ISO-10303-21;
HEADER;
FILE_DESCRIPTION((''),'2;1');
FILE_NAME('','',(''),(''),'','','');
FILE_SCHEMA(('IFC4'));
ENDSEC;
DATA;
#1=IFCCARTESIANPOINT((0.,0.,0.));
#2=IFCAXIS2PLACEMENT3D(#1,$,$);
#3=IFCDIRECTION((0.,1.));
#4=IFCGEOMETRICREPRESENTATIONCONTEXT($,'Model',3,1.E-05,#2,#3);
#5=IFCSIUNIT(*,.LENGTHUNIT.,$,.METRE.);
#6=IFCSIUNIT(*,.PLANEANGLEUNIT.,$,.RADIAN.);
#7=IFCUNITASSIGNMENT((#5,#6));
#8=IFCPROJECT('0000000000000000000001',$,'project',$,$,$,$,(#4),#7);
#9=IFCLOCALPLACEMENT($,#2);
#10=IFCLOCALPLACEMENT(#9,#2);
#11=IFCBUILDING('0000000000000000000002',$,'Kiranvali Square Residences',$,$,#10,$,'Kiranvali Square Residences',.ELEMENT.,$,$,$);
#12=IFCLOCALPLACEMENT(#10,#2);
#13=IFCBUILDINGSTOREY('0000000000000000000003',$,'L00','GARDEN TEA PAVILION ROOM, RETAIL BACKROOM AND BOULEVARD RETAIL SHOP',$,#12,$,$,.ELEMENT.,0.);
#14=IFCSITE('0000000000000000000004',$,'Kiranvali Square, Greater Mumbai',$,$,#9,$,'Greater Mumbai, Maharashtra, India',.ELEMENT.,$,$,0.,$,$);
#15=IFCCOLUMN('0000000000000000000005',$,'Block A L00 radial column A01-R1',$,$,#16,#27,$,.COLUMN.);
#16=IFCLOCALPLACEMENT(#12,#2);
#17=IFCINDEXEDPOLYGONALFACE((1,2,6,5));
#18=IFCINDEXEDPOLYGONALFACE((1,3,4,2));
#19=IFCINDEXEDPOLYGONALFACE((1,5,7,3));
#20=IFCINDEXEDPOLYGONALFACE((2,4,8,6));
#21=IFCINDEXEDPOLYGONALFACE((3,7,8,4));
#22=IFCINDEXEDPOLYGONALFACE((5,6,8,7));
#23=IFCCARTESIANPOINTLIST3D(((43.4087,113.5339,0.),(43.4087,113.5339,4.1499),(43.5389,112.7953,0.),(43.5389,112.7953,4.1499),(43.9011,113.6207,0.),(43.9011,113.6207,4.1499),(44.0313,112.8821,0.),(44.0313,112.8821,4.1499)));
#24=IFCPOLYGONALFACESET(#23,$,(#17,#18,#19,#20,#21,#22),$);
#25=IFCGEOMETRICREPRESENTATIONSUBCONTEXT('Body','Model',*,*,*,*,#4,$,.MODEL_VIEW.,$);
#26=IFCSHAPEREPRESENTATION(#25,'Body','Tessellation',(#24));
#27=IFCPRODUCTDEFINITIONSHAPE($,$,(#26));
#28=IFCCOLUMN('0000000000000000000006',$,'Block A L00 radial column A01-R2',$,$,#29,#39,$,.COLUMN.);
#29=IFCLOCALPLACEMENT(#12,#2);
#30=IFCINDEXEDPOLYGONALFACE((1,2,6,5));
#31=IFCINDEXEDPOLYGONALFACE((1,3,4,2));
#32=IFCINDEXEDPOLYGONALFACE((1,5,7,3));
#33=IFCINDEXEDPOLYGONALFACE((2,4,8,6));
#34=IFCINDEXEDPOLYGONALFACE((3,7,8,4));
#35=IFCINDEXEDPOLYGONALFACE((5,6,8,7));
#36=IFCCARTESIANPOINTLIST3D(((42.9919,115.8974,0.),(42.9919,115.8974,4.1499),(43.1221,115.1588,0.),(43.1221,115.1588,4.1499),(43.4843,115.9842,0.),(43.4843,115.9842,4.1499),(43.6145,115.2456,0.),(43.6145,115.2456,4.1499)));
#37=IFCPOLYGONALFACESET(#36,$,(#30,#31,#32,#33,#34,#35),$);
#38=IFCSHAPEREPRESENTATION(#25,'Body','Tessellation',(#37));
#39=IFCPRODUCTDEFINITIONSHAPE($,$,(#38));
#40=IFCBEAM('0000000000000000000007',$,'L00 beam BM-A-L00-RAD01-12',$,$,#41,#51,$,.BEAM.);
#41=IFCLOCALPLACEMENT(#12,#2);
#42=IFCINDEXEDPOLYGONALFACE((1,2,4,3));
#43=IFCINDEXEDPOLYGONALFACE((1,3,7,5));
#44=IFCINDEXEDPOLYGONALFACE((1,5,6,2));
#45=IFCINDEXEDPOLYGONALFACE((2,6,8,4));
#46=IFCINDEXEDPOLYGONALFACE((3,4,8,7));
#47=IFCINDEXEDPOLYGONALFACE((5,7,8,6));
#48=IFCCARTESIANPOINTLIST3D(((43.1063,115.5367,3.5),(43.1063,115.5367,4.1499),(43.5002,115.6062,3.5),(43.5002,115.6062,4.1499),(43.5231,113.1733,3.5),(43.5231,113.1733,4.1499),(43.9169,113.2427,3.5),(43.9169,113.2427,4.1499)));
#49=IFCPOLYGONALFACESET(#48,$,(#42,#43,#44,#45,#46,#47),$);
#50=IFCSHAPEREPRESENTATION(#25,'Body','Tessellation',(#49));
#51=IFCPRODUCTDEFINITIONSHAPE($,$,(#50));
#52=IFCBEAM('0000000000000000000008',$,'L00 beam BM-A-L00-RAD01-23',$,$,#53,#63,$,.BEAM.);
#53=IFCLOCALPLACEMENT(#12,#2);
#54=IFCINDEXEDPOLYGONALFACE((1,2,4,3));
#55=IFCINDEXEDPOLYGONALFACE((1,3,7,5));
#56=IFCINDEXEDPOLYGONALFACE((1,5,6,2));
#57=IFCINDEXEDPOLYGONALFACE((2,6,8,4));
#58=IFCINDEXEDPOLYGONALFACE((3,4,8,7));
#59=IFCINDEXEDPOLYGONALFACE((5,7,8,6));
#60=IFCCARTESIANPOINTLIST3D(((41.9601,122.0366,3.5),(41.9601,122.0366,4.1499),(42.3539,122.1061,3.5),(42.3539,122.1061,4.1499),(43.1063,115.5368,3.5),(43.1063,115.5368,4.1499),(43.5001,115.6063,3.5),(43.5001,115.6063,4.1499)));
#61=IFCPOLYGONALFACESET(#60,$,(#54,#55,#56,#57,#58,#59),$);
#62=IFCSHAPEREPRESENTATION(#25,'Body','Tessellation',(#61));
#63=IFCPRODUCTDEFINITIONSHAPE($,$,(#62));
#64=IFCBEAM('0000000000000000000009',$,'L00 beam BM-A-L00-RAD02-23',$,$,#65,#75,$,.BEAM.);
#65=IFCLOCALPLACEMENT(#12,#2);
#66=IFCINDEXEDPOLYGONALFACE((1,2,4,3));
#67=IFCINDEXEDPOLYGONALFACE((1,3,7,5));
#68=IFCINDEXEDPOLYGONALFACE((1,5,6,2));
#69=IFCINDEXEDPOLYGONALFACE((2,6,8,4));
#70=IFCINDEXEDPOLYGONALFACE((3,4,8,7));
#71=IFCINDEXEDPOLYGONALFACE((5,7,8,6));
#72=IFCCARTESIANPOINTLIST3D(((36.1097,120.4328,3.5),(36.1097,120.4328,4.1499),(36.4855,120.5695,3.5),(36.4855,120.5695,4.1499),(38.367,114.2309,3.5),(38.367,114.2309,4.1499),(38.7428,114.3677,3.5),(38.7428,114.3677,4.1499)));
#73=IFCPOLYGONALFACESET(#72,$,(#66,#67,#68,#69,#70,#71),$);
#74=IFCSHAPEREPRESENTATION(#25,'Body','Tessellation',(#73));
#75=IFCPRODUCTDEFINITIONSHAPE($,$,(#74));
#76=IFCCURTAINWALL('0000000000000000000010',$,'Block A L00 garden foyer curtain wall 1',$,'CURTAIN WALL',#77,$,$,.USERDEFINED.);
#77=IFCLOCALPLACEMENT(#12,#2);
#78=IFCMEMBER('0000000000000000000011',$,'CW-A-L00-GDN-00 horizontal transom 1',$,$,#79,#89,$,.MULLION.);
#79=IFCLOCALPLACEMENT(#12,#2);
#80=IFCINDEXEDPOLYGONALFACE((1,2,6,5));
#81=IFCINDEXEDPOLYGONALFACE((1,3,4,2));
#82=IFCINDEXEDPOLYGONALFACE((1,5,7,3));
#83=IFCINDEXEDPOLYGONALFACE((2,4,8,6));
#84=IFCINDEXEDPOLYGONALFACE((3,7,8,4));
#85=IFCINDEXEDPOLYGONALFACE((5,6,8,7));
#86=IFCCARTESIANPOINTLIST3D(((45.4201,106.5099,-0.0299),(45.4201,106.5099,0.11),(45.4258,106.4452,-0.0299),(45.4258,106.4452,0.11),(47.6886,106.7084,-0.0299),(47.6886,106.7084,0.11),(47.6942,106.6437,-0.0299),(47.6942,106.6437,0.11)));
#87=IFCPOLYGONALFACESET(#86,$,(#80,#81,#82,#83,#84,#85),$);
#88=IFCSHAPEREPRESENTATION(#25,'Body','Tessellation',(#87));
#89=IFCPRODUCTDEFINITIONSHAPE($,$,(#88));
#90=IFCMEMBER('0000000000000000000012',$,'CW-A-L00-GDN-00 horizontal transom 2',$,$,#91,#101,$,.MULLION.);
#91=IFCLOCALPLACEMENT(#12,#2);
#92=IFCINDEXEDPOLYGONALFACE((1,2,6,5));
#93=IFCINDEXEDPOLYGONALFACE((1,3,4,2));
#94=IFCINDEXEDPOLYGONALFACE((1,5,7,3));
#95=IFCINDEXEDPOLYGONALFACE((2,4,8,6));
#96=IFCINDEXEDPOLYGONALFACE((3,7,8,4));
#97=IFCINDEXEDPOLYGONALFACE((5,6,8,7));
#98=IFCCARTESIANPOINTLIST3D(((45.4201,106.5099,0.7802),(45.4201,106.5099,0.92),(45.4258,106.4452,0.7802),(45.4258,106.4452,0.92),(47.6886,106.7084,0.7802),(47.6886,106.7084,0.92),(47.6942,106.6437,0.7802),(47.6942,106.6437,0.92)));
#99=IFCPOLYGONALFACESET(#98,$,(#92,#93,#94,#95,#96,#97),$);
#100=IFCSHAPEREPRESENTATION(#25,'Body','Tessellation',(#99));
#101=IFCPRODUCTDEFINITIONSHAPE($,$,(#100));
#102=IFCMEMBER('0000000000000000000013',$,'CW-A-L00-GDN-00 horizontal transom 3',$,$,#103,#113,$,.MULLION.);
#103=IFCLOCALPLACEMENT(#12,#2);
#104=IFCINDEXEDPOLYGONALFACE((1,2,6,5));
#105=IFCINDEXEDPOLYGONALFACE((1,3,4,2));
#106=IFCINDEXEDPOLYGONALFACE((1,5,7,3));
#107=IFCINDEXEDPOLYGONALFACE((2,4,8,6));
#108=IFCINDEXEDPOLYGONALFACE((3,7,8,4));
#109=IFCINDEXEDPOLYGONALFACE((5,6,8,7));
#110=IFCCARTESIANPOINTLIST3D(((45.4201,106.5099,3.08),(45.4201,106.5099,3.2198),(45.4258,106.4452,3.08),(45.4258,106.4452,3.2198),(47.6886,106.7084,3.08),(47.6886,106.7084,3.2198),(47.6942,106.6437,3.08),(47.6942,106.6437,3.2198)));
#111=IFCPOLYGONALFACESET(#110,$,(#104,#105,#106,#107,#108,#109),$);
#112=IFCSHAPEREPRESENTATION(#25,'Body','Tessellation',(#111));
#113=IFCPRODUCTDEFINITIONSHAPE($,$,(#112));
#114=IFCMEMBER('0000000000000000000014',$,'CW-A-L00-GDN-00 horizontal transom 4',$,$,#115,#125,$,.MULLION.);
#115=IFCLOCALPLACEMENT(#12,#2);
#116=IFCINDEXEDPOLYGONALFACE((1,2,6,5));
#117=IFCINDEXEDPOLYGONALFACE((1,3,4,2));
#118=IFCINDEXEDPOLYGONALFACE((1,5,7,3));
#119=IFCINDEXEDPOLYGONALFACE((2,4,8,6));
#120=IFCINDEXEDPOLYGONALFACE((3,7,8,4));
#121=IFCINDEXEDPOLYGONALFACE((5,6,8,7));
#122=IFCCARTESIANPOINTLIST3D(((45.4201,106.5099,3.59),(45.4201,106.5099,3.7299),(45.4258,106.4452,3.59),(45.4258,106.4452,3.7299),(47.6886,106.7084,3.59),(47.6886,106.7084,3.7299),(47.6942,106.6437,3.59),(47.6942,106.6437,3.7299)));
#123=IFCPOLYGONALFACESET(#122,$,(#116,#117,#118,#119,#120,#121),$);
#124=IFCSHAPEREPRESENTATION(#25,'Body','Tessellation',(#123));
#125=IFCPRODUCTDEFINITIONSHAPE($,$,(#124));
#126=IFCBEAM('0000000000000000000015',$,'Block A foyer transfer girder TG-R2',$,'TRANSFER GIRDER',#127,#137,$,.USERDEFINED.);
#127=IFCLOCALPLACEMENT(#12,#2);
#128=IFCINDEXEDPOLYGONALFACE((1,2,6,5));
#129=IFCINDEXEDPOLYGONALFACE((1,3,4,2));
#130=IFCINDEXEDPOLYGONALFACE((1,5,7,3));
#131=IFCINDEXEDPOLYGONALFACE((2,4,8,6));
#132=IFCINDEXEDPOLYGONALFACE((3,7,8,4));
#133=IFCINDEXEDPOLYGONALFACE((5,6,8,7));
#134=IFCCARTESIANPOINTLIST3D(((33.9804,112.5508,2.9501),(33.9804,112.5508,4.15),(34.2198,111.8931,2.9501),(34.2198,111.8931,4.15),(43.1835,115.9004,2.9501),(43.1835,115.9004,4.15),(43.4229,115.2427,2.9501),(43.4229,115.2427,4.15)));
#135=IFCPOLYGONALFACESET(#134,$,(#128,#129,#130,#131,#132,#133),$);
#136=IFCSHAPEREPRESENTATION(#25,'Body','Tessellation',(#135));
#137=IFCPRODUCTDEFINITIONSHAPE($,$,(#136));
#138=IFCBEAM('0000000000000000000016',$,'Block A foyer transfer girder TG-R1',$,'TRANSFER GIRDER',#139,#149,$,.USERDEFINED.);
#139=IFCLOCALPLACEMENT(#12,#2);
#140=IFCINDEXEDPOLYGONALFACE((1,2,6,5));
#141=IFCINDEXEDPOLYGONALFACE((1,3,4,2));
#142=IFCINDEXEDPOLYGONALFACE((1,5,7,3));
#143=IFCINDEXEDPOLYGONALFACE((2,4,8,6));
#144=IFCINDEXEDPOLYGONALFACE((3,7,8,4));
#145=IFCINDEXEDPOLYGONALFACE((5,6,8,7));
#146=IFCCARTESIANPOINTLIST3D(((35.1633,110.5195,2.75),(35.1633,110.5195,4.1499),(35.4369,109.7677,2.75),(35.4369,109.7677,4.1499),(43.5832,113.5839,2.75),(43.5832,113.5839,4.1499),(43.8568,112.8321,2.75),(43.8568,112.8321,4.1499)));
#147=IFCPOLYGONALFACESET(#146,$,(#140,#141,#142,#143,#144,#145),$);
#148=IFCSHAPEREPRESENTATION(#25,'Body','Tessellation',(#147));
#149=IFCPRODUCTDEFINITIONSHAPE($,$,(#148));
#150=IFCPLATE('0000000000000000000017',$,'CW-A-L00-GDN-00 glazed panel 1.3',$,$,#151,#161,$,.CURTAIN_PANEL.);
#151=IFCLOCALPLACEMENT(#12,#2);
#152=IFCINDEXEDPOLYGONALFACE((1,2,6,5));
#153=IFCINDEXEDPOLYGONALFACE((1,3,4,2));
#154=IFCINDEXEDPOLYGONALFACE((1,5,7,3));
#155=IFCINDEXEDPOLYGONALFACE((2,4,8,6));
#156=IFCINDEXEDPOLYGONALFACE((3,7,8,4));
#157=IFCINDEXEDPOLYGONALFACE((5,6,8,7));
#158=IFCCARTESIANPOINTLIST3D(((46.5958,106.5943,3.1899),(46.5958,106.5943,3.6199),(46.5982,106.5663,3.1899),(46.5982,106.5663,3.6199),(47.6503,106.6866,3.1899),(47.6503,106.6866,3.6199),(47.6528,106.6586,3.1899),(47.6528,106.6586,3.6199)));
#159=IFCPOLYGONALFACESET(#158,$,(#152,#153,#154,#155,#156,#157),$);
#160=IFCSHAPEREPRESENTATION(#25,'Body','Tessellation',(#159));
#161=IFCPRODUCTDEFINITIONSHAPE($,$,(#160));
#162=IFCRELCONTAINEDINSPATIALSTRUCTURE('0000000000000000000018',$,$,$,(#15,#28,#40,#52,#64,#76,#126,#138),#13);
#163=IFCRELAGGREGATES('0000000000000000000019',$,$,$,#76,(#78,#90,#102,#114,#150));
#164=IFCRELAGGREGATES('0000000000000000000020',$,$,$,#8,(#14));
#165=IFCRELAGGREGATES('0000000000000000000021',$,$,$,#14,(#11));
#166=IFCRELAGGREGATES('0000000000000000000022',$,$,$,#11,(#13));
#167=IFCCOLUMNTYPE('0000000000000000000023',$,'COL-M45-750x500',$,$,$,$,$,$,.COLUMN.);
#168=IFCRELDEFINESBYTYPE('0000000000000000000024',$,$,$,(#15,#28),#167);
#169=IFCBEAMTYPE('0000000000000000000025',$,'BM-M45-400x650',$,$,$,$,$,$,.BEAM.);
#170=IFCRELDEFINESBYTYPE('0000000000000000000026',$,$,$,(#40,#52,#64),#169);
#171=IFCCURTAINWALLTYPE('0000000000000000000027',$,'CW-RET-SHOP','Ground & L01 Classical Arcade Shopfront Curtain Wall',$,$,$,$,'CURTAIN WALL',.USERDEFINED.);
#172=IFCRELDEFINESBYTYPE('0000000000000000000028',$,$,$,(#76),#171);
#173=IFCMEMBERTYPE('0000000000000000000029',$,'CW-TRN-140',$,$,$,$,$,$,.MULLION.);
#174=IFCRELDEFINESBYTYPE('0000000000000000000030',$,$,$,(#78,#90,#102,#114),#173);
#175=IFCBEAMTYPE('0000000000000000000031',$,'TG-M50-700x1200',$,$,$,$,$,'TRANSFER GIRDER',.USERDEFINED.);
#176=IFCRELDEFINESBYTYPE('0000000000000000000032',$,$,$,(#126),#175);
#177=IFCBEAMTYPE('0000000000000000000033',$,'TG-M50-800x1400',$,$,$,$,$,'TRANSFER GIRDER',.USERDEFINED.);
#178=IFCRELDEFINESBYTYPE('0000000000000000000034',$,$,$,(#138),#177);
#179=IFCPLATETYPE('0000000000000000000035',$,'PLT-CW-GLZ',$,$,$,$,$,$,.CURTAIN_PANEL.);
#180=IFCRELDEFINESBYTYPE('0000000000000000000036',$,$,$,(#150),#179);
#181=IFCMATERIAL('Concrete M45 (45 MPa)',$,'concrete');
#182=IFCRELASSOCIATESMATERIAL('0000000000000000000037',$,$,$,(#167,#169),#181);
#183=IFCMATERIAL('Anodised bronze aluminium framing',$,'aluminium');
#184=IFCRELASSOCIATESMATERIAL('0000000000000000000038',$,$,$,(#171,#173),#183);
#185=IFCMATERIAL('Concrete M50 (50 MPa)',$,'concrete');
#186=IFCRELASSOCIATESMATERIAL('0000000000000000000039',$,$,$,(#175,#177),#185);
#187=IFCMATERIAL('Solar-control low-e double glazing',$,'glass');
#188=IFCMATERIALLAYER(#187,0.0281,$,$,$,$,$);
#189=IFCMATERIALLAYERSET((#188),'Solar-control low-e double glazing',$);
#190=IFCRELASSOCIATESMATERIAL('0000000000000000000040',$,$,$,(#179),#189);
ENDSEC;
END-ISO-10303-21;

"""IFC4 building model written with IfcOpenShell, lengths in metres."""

from ifc_helpers import new_model, si_unit, direction, frame, origin, origin_2d, place, context, subcontext, project, spatial, rectangle, extrude, material, layer, layer_set, material_profile, profile_set, type_object, element, aggregate, save


model = new_model("IFC4")

# Units and contexts
model_context = context("Model", 3, precision=1e-05, world=origin(), true_north=direction((0.0, 1.0)))
body_context = subcontext(model_context, "Body", "Model", "MODEL_VIEW")
ifc_project = project(units=[si_unit("LENGTHUNIT", "METRE"), si_unit("PLANEANGLEUNIT", "RADIAN")], contexts=[model_context])

# Site, building, storey
site_placement = place(None, origin())
site = spatial("IfcSite", under=ifc_project, at=site_placement, Name="Kiranvali Square, Greater Mumbai", LongName="Greater Mumbai, Maharashtra, India", CompositionType="ELEMENT", RefElevation=0.0)
building_placement = place(site_placement, origin())
building = spatial("IfcBuilding", under=site, at=building_placement, Name="Kiranvali Square Residences", LongName="Kiranvali Square Residences", CompositionType="ELEMENT")
storey_placement = place(building_placement, origin())
storey = spatial("IfcBuildingStorey", under=building, at=storey_placement, Name="L00", Description="GARDEN TEA PAVILION ROOM, RETAIL BACKROOM AND BOULEVARD RETAIL SHOP", CompositionType="ELEMENT", Elevation=0.0)

# Columns
ifc_material_1 = material(Name="Concrete M45 (45 MPa)", Category="concrete")
ifc_material_profile_1 = material_profile(ifc_material_1, rectangle(XDim=0.5, YDim=0.75, at=origin_2d()), Name="RC 750x500")
ifc_profile_set_1 = profile_set([ifc_material_profile_1], Name="Concrete M45 (45 MPa)")
column_type = type_object("IfcColumnType", Name="COL-M45-750x500", PredefinedType="COLUMN", material=ifc_profile_set_1)
for number, where, z_axis, x_axis, name in (
    (1, (43.72, 113.208, 0.0), (0.0, 0.0, 1.0), (0.984808, 0.173648, 0.0), "Block A L00 radial column A01-R1"),
    (2, (43.3032, 115.5715, 0.0), (0.0, 0.0, 1.0), (0.984808, 0.173648, 0.0), "Block A L00 radial column A01-R2"),
):
    element("IfcColumn", number, at=place(storey_placement, frame(where, z_axis=z_axis, x_axis=x_axis)), inside=storey, type_object=column_type, Name=name, PredefinedType="COLUMN", context=body_context, shape_type="SweptSolid", body=[
        extrude(rectangle(XDim=0.5, YDim=0.75, at=origin_2d()), origin(), (0.0, 0.0, 1.0), 4.1499),
    ])

# Beams
ifc_material_profile_2 = material_profile(ifc_material_1, rectangle(XDim=0.3999, YDim=0.6499, at=origin_2d()), Name="RC 400x650")
ifc_profile_set_2 = profile_set([ifc_material_profile_2], Name="Concrete M45 (45 MPa)")
beam_type_1 = type_object("IfcBeamType", Name="BM-M45-400x650", PredefinedType="BEAM", material=ifc_profile_set_2)
beam_1_placement = place(storey_placement, frame((43.72, 113.208, 3.825), z_axis=(-0.173646, 0.984808, 0.0), x_axis=(-0.984808, -0.173646, 0.0)))
element("IfcBeam", 3, at=beam_1_placement, inside=storey, type_object=beam_type_1, Name="L00 beam BM-A-L00-RAD01-12", PredefinedType="BEAM", context=body_context, shape_type="SweptSolid", body=[
    extrude(rectangle(XDim=0.3999, YDim=0.6499, at=origin_2d()), origin(), (0.0, 0.0, 1.0), 2.3999),
])
beam_2_placement = place(storey_placement, frame((43.3032, 115.5715, 3.825), z_axis=(-0.173671, 0.984804, 0.0), x_axis=(-0.984804, -0.173671, 0.0)))
element("IfcBeam", 4, at=beam_2_placement, inside=storey, type_object=beam_type_1, Name="L00 beam BM-A-L00-RAD01-23", PredefinedType="BEAM", context=body_context, shape_type="SweptSolid", body=[
    extrude(rectangle(XDim=0.3999, YDim=0.6499, at=origin_2d()), origin(), (0.0, 0.0, 1.0), 6.6001),
])
beam_3_placement = place(storey_placement, frame((38.5549, 114.2993, 3.825), z_axis=(-0.342022, 0.939692, 0.0), x_axis=(-0.939692, -0.342022, 0.0)))
element("IfcBeam", 5, at=beam_3_placement, inside=storey, type_object=beam_type_1, Name="L00 beam BM-A-L00-RAD02-23", PredefinedType="BEAM", context=body_context, shape_type="SweptSolid", body=[
    extrude(rectangle(XDim=0.3999, YDim=0.6499, at=origin_2d()), origin(), (0.0, 0.0, 1.0), 6.5999),
])

# Curtain wall, members
ifc_material_2 = material(Name="Anodised bronze aluminium framing", Category="aluminium")
curtain_wall_type = type_object("IfcCurtainWallType", Name="CW-RET-SHOP", Description="Ground & L01 Classical Arcade Shopfront Curtain Wall", ElementType="CURTAIN WALL", PredefinedType="USERDEFINED", material=ifc_material_2)
curtain_wall_placement = place(storey_placement, origin())
curtain_wall = element("IfcCurtainWall", 6, at=curtain_wall_placement, inside=storey, type_object=curtain_wall_type, Name="Block A L00 garden foyer curtain wall 1", ObjectType="CURTAIN WALL", PredefinedType="USERDEFINED")
ifc_material_profile_3 = material_profile(ifc_material_2, rectangle(XDim=0.0649, YDim=0.1399, at=origin_2d()), Name="ALU 65x140")
ifc_profile_set_3 = profile_set([ifc_material_profile_3], Name="Anodised bronze aluminium framing")
member_type = type_object("IfcMemberType", Name="CW-TRN-140", PredefinedType="MULLION", material=ifc_profile_set_3)
member_1_placement = place(storey_placement, frame((47.6914, 106.676, 0.04), z_axis=(-0.996193, -0.087171, 0.0), x_axis=(0.087171, -0.996193, 0.0)))
member_1 = element("IfcMember", 7, at=member_1_placement, type_object=member_type, Name="CW-A-L00-GDN-00 horizontal transom 1", PredefinedType="MULLION", context=body_context, shape_type="SweptSolid", body=[
    extrude(rectangle(XDim=0.0649, YDim=0.1399, at=origin_2d()), origin(), (0.0, 0.0, 1.0), 2.2771),
])
member_2_placement = place(storey_placement, frame((47.6914, 106.676, 0.8501), z_axis=(-0.996193, -0.087171, 0.0), x_axis=(0.087171, -0.996193, 0.0)))
member_2 = element("IfcMember", 8, at=member_2_placement, type_object=member_type, Name="CW-A-L00-GDN-00 horizontal transom 2", PredefinedType="MULLION", context=body_context, shape_type="SweptSolid", body=[
    extrude(rectangle(XDim=0.0649, YDim=0.1399, at=origin_2d()), origin(), (0.0, 0.0, 1.0), 2.2771),
])
member_3_placement = place(storey_placement, frame((47.6914, 106.676, 3.1499), z_axis=(-0.996193, -0.087171, 0.0), x_axis=(0.087171, -0.996193, 0.0)))
member_3 = element("IfcMember", 9, at=member_3_placement, type_object=member_type, Name="CW-A-L00-GDN-00 horizontal transom 3", PredefinedType="MULLION", context=body_context, shape_type="SweptSolid", body=[
    extrude(rectangle(XDim=0.0649, YDim=0.1399, at=origin_2d()), origin(), (0.0, 0.0, 1.0), 2.2771),
])
member_4_placement = place(storey_placement, frame((47.6914, 106.676, 3.6599), z_axis=(-0.996193, -0.087171, 0.0), x_axis=(0.087171, -0.996193, 0.0)))
member_4 = element("IfcMember", 10, at=member_4_placement, type_object=member_type, Name="CW-A-L00-GDN-00 horizontal transom 4", PredefinedType="MULLION", context=body_context, shape_type="SweptSolid", body=[
    extrude(rectangle(XDim=0.0649, YDim=0.1399, at=origin_2d()), origin(), (0.0, 0.0, 1.0), 2.2771),
])

# Beams
ifc_material_3 = material(Name="Concrete M50 (50 MPa)", Category="concrete")
ifc_material_profile_4 = material_profile(ifc_material_3, rectangle(XDim=0.7, YDim=1.2, at=origin_2d()), Name="RC 700x1200")
ifc_profile_set_4 = profile_set([ifc_material_profile_4], Name="Concrete M50 (50 MPa)")
beam_type_2 = type_object("IfcBeamType", Name="TG-M50-700x1200", ElementType="TRANSFER GIRDER", PredefinedType="USERDEFINED", material=ifc_profile_set_4)
beam_4_placement = place(storey_placement, frame((43.3032, 115.5715, 3.55), z_axis=(-0.939694, -0.342015, 0.0), x_axis=(0.342015, -0.939694, 0.0)))
element("IfcBeam", 11, at=beam_4_placement, inside=storey, type_object=beam_type_2, Name="Block A foyer transfer girder TG-R2", ObjectType="TRANSFER GIRDER", PredefinedType="USERDEFINED", context=body_context, shape_type="SweptSolid", body=[
    extrude(rectangle(XDim=0.7, YDim=1.2, at=origin_2d()), origin(), (0.0, 0.0, 1.0), 9.7937),
])
ifc_material_profile_5 = material_profile(ifc_material_3, rectangle(XDim=0.8, YDim=1.3999, at=origin_2d()), Name="RC 800x1400")
ifc_profile_set_5 = profile_set([ifc_material_profile_5], Name="Concrete M50 (50 MPa)")
beam_type_3 = type_object("IfcBeamType", Name="TG-M50-800x1400", ElementType="TRANSFER GIRDER", PredefinedType="USERDEFINED", material=ifc_profile_set_5)
beam_5_placement = place(storey_placement, frame((43.72, 113.208, 3.45), z_axis=(-0.939698, -0.342006, 0.0), x_axis=(0.342006, -0.939698, 0.0)))
element("IfcBeam", 12, at=beam_5_placement, inside=storey, type_object=beam_type_3, Name="Block A foyer transfer girder TG-R1", ObjectType="TRANSFER GIRDER", PredefinedType="USERDEFINED", context=body_context, shape_type="SweptSolid", body=[
    extrude(rectangle(XDim=0.8, YDim=1.3999, at=origin_2d()), origin(), (0.0, 0.0, 1.0), 8.9602),
])

# Plate
ifc_material_4 = material(Name="Solar-control low-e double glazing", Category="glass")
ifc_layer_1 = layer(ifc_material_4, 0.0281)
ifc_layer_set_1 = layer_set([ifc_layer_1], Name="Solar-control low-e double glazing")
plate_type = type_object("IfcPlateType", Name="PLT-CW-GLZ", PredefinedType="CURTAIN_PANEL", material=ifc_layer_set_1)
plate_placement = place(storey_placement, frame((47.1243, 106.6265, 3.1899), z_axis=(0.0, 0.0, 1.0), x_axis=(-0.996195, -0.087156, 0.0)))
plate = element("IfcPlate", 13, at=plate_placement, type_object=plate_type, Name="CW-A-L00-GDN-00 glazed panel 1.3", PredefinedType="CURTAIN_PANEL", context=body_context, shape_type="SweptSolid", body=[
    extrude(rectangle(XDim=1.0586, YDim=0.0281, at=origin_2d()), origin(), (0.0, 0.0, 1.0), 0.4299),
])
aggregate(curtain_wall, [member_1, member_2, member_3, member_4, plate])

save(model, "model.ifc")
